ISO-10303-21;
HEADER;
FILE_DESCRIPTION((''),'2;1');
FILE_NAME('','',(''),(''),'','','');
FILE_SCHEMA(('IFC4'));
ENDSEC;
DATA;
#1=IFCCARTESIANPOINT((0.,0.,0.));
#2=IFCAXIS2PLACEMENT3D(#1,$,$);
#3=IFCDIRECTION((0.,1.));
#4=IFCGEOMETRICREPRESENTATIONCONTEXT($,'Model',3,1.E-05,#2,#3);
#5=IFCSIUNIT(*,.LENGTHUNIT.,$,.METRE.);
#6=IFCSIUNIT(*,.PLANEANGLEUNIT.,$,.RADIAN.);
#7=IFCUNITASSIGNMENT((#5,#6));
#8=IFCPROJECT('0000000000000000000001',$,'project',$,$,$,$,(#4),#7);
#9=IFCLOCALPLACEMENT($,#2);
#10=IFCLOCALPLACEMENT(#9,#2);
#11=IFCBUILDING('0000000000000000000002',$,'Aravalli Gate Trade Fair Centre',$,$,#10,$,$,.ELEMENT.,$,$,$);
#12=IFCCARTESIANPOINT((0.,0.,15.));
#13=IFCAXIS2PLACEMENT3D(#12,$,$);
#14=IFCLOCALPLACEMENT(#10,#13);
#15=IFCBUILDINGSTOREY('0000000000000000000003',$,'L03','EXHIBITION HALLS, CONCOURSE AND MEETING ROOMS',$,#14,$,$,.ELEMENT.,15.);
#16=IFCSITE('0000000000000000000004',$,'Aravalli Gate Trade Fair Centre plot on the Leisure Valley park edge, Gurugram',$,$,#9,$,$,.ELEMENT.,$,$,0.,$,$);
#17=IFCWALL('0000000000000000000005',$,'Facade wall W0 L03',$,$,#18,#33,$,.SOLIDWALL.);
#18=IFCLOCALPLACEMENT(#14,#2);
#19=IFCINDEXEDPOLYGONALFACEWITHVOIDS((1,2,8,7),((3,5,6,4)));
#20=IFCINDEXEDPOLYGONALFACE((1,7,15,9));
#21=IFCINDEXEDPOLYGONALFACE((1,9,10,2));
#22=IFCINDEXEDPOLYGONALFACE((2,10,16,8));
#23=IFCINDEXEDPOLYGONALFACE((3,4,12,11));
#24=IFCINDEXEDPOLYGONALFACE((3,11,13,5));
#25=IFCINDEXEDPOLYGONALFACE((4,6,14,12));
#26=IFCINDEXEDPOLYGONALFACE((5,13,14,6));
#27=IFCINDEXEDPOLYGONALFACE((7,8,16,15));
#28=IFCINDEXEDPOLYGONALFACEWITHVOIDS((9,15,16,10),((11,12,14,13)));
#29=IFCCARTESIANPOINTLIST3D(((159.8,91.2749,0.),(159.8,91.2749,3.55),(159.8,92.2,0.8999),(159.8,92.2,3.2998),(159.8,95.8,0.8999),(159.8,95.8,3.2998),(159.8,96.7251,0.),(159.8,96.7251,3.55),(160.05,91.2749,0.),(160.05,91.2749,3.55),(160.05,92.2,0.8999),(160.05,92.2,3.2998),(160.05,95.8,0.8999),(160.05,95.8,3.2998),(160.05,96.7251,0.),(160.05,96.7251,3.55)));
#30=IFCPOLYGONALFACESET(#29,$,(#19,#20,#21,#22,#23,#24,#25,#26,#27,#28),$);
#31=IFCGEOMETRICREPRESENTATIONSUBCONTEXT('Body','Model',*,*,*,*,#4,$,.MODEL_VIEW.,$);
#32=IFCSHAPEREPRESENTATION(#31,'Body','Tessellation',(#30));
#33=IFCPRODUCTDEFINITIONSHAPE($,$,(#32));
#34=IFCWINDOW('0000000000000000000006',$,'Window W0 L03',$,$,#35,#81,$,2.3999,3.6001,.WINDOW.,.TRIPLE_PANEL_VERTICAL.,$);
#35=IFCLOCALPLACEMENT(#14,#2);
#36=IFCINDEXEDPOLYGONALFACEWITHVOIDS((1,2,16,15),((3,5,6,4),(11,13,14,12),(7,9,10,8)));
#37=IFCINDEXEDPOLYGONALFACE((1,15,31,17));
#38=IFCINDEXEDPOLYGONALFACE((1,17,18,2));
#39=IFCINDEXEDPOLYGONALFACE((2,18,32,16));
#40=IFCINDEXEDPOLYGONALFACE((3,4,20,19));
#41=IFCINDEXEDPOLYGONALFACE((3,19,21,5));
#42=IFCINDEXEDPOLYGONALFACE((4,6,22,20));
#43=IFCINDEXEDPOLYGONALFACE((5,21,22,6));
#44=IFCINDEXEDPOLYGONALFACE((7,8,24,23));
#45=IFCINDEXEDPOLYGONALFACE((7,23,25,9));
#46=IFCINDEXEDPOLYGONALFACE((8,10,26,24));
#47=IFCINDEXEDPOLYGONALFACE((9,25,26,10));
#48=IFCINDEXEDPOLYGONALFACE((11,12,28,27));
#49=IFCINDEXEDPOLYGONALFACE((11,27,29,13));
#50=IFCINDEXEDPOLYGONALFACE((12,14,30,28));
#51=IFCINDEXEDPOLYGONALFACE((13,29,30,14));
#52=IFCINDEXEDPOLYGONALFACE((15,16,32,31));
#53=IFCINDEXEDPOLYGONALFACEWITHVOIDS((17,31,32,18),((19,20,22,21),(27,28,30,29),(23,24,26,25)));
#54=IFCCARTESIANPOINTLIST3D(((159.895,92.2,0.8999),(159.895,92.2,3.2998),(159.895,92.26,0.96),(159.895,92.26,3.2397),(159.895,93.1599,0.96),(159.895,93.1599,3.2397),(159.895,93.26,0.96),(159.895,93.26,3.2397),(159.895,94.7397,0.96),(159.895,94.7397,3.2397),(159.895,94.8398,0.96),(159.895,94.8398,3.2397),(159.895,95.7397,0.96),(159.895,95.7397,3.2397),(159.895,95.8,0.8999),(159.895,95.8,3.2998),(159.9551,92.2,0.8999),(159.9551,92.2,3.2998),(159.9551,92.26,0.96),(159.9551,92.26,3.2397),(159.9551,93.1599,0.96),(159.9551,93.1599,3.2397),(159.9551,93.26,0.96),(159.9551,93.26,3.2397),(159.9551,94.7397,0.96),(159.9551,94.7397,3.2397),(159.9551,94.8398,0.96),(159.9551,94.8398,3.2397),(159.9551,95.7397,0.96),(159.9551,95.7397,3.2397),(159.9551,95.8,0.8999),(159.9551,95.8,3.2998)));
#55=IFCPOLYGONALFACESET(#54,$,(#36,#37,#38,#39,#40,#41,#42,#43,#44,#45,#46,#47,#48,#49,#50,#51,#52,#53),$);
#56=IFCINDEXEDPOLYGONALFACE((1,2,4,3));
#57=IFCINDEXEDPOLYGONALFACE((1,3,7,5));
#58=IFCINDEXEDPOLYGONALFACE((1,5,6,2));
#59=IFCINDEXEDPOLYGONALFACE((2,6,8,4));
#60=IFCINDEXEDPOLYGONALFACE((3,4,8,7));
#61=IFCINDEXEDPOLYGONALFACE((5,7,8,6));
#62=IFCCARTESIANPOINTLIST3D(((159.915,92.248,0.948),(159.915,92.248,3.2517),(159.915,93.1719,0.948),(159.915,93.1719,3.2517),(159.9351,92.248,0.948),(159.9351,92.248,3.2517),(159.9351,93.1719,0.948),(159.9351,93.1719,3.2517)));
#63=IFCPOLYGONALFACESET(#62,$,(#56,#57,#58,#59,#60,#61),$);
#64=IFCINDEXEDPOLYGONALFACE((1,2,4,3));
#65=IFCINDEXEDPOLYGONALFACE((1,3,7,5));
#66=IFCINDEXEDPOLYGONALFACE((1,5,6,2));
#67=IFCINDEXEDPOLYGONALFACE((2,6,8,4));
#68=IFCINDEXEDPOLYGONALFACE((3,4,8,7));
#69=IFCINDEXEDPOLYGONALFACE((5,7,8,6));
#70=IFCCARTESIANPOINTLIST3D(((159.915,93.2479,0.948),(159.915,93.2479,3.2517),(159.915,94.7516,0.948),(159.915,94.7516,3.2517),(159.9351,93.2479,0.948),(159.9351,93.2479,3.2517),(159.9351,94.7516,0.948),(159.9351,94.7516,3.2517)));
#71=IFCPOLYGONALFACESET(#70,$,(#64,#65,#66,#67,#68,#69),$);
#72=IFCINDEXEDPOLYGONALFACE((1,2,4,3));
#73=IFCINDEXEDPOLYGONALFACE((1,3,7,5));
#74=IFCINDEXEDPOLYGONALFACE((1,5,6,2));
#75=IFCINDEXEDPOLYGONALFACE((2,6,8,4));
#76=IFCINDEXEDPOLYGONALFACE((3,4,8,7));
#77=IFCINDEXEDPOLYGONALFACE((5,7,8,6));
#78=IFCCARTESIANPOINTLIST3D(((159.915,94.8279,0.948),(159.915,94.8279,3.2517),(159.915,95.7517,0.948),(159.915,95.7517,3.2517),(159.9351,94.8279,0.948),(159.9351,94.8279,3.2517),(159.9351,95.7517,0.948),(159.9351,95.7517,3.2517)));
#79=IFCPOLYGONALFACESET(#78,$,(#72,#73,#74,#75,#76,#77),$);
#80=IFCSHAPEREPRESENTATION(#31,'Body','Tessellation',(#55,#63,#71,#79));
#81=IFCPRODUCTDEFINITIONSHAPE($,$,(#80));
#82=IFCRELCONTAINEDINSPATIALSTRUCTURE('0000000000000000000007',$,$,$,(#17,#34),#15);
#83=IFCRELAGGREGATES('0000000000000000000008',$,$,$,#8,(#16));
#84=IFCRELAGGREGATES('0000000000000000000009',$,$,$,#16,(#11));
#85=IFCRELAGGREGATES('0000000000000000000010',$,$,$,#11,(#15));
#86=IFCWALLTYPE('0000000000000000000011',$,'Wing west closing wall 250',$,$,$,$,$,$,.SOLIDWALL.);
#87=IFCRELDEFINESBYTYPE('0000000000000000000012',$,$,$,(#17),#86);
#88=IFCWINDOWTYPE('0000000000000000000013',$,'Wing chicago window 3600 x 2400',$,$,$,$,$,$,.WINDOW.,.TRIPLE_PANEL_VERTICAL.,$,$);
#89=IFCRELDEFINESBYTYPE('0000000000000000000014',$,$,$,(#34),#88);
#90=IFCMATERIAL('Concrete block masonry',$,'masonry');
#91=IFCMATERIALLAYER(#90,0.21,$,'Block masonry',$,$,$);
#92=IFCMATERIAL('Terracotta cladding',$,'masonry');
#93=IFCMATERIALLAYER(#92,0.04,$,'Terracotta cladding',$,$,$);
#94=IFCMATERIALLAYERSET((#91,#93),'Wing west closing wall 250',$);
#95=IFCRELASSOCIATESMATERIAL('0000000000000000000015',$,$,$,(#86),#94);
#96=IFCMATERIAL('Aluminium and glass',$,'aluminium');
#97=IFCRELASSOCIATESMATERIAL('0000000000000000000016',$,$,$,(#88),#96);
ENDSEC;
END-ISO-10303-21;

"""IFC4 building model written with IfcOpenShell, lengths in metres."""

from ifc_helpers import new_model, si_unit, direction, frame, frame_2d, origin, place, context, subcontext, project, spatial, polyline, rectangle, outline, extrude, material, layer, layer_set, type_object, element, fill, save


model = new_model("IFC4")

# Units and contexts
model_context = context("Model", 3, precision=1e-05, world=origin(), true_north=direction((0.0, 1.0)))
body_context = subcontext(model_context, "Body", "Model", "MODEL_VIEW")
ifc_project = project(units=[si_unit("LENGTHUNIT", "METRE"), si_unit("PLANEANGLEUNIT", "RADIAN")], contexts=[model_context])

# Site, building, storey
site_placement = place(None, origin())
site = spatial("IfcSite", under=ifc_project, at=site_placement, Name="Aravalli Gate Trade Fair Centre plot on the Leisure Valley park edge, Gurugram", CompositionType="ELEMENT", RefElevation=0.0)
building_placement = place(site_placement, origin())
building = spatial("IfcBuilding", under=site, at=building_placement, Name="Aravalli Gate Trade Fair Centre", CompositionType="ELEMENT")
storey_placement = place(building_placement, frame((0.0, 0.0, 15.0)))
storey = spatial("IfcBuildingStorey", under=building, at=storey_placement, Name="L03", Description="EXHIBITION HALLS, CONCOURSE AND MEETING ROOMS", CompositionType="ELEMENT", Elevation=15.0)

# Shared definitions
ifc_material_1 = material(Name="Aluminium and glass", Category="aluminium")

# Shared definitions
ifc_material_2 = material(Name="Terracotta cladding", Category="masonry")

# Wall, opening, window
ifc_material_3 = material(Name="Concrete block masonry", Category="masonry")
ifc_layer_1 = layer(ifc_material_3, 0.21, Name="Block masonry")
ifc_layer_2 = layer(ifc_material_2, 0.04, Name="Terracotta cladding")
ifc_layer_set_1 = layer_set([ifc_layer_1, ifc_layer_2], Name="Wing west closing wall 250")
wall_type_1 = type_object("IfcWallType", Name="Wing west closing wall 250", PredefinedType="SOLIDWALL", material=ifc_layer_set_1)
wall_1_placement = place(storey_placement, frame((159.925, 91.2749, 0.0), z_axis=(0.0, 0.0, 1.0), x_axis=(0.0, 1.0, 0.0)))
wall_1 = element("IfcWall", 1, at=wall_1_placement, inside=storey, type_object=wall_type_1, Name="Facade wall W0 L03", PredefinedType="SOLIDWALL", context=body_context, shape_type="SweptSolid", body=[
    extrude(rectangle(XDim=5.4502, YDim=0.25, at=frame_2d((2.7251, 0.0))), origin(), (0.0, 0.0, 1.0), 3.55),
])
opening_1_placement = place(wall_1_placement, frame((0.925, 0.0, 0.8999)))
opening_1 = element("IfcOpeningElement", 2, at=opening_1_placement, cuts=wall_1, PredefinedType="OPENING", context=body_context, shape_type="SweptSolid", body=[
    extrude(rectangle(XDim=3.6001, YDim=2.3999, at=frame_2d((1.8, 1.2))), frame((0.0, 0.135, 0.0), z_axis=(0.0, -1.0, 0.0), x_axis=(1.0, 0.0, 0.0)), (0.0, 0.0, 1.0), 0.27),
])
window_type_1 = type_object("IfcWindowType", Name="Wing chicago window 3600 x 2400", PartitioningType="TRIPLE_PANEL_VERTICAL", PredefinedType="WINDOW", material=ifc_material_1)
window_1_placement = place(opening_1_placement, origin())
window_1 = element("IfcWindow", 3, at=window_1_placement, inside=storey, type_object=window_type_1, Name="Window W0 L03", OverallHeight=2.3999, OverallWidth=3.6001, PartitioningType="TRIPLE_PANEL_VERTICAL", PredefinedType="WINDOW", context=body_context, shape_type="SweptSolid", body=[
    extrude(outline(polyline([(0.0, 0.0), (3.6001, 0.0), (3.6001, 2.3999), (0.0, 2.3999), (0.0, 0.0)]), holes=[polyline([(0.0601, 0.0601), (0.96, 0.0601), (0.96, 2.3398), (0.0601, 2.3398), (0.0601, 0.0601)]), polyline([(1.0601, 0.0601), (2.5398, 0.0601), (2.5398, 2.3398), (1.0601, 2.3398), (1.0601, 0.0601)]), polyline([(2.6399, 0.0601), (3.5398, 0.0601), (3.5398, 2.3398), (2.6399, 2.3398), (2.6399, 0.0601)])]), frame((0.0, 0.03, 0.0), z_axis=(0.0, -1.0, 0.0), x_axis=(1.0, 0.0, 0.0)), (0.0, 0.0, 1.0), 0.0601),
    extrude(rectangle(XDim=0.9238, YDim=2.3037, at=frame_2d((0.51, 1.2))), frame((0.0, 0.01, 0.0), z_axis=(0.0, -1.0, 0.0), x_axis=(1.0, 0.0, 0.0)), (0.0, 0.0, 1.0), 0.02),
    extrude(rectangle(XDim=1.5037, YDim=2.3037, at=frame_2d((1.7998, 1.2))), frame((0.0, 0.01, 0.0), z_axis=(0.0, -1.0, 0.0), x_axis=(1.0, 0.0, 0.0)), (0.0, 0.0, 1.0), 0.02),
    extrude(rectangle(XDim=0.9238, YDim=2.3037, at=frame_2d((3.0898, 1.2))), frame((0.0, 0.01, 0.0), z_axis=(0.0, -1.0, 0.0), x_axis=(1.0, 0.0, 0.0)), (0.0, 0.0, 1.0), 0.02),
])
fill(opening_1, window_1)

save(model, "model.ifc")
